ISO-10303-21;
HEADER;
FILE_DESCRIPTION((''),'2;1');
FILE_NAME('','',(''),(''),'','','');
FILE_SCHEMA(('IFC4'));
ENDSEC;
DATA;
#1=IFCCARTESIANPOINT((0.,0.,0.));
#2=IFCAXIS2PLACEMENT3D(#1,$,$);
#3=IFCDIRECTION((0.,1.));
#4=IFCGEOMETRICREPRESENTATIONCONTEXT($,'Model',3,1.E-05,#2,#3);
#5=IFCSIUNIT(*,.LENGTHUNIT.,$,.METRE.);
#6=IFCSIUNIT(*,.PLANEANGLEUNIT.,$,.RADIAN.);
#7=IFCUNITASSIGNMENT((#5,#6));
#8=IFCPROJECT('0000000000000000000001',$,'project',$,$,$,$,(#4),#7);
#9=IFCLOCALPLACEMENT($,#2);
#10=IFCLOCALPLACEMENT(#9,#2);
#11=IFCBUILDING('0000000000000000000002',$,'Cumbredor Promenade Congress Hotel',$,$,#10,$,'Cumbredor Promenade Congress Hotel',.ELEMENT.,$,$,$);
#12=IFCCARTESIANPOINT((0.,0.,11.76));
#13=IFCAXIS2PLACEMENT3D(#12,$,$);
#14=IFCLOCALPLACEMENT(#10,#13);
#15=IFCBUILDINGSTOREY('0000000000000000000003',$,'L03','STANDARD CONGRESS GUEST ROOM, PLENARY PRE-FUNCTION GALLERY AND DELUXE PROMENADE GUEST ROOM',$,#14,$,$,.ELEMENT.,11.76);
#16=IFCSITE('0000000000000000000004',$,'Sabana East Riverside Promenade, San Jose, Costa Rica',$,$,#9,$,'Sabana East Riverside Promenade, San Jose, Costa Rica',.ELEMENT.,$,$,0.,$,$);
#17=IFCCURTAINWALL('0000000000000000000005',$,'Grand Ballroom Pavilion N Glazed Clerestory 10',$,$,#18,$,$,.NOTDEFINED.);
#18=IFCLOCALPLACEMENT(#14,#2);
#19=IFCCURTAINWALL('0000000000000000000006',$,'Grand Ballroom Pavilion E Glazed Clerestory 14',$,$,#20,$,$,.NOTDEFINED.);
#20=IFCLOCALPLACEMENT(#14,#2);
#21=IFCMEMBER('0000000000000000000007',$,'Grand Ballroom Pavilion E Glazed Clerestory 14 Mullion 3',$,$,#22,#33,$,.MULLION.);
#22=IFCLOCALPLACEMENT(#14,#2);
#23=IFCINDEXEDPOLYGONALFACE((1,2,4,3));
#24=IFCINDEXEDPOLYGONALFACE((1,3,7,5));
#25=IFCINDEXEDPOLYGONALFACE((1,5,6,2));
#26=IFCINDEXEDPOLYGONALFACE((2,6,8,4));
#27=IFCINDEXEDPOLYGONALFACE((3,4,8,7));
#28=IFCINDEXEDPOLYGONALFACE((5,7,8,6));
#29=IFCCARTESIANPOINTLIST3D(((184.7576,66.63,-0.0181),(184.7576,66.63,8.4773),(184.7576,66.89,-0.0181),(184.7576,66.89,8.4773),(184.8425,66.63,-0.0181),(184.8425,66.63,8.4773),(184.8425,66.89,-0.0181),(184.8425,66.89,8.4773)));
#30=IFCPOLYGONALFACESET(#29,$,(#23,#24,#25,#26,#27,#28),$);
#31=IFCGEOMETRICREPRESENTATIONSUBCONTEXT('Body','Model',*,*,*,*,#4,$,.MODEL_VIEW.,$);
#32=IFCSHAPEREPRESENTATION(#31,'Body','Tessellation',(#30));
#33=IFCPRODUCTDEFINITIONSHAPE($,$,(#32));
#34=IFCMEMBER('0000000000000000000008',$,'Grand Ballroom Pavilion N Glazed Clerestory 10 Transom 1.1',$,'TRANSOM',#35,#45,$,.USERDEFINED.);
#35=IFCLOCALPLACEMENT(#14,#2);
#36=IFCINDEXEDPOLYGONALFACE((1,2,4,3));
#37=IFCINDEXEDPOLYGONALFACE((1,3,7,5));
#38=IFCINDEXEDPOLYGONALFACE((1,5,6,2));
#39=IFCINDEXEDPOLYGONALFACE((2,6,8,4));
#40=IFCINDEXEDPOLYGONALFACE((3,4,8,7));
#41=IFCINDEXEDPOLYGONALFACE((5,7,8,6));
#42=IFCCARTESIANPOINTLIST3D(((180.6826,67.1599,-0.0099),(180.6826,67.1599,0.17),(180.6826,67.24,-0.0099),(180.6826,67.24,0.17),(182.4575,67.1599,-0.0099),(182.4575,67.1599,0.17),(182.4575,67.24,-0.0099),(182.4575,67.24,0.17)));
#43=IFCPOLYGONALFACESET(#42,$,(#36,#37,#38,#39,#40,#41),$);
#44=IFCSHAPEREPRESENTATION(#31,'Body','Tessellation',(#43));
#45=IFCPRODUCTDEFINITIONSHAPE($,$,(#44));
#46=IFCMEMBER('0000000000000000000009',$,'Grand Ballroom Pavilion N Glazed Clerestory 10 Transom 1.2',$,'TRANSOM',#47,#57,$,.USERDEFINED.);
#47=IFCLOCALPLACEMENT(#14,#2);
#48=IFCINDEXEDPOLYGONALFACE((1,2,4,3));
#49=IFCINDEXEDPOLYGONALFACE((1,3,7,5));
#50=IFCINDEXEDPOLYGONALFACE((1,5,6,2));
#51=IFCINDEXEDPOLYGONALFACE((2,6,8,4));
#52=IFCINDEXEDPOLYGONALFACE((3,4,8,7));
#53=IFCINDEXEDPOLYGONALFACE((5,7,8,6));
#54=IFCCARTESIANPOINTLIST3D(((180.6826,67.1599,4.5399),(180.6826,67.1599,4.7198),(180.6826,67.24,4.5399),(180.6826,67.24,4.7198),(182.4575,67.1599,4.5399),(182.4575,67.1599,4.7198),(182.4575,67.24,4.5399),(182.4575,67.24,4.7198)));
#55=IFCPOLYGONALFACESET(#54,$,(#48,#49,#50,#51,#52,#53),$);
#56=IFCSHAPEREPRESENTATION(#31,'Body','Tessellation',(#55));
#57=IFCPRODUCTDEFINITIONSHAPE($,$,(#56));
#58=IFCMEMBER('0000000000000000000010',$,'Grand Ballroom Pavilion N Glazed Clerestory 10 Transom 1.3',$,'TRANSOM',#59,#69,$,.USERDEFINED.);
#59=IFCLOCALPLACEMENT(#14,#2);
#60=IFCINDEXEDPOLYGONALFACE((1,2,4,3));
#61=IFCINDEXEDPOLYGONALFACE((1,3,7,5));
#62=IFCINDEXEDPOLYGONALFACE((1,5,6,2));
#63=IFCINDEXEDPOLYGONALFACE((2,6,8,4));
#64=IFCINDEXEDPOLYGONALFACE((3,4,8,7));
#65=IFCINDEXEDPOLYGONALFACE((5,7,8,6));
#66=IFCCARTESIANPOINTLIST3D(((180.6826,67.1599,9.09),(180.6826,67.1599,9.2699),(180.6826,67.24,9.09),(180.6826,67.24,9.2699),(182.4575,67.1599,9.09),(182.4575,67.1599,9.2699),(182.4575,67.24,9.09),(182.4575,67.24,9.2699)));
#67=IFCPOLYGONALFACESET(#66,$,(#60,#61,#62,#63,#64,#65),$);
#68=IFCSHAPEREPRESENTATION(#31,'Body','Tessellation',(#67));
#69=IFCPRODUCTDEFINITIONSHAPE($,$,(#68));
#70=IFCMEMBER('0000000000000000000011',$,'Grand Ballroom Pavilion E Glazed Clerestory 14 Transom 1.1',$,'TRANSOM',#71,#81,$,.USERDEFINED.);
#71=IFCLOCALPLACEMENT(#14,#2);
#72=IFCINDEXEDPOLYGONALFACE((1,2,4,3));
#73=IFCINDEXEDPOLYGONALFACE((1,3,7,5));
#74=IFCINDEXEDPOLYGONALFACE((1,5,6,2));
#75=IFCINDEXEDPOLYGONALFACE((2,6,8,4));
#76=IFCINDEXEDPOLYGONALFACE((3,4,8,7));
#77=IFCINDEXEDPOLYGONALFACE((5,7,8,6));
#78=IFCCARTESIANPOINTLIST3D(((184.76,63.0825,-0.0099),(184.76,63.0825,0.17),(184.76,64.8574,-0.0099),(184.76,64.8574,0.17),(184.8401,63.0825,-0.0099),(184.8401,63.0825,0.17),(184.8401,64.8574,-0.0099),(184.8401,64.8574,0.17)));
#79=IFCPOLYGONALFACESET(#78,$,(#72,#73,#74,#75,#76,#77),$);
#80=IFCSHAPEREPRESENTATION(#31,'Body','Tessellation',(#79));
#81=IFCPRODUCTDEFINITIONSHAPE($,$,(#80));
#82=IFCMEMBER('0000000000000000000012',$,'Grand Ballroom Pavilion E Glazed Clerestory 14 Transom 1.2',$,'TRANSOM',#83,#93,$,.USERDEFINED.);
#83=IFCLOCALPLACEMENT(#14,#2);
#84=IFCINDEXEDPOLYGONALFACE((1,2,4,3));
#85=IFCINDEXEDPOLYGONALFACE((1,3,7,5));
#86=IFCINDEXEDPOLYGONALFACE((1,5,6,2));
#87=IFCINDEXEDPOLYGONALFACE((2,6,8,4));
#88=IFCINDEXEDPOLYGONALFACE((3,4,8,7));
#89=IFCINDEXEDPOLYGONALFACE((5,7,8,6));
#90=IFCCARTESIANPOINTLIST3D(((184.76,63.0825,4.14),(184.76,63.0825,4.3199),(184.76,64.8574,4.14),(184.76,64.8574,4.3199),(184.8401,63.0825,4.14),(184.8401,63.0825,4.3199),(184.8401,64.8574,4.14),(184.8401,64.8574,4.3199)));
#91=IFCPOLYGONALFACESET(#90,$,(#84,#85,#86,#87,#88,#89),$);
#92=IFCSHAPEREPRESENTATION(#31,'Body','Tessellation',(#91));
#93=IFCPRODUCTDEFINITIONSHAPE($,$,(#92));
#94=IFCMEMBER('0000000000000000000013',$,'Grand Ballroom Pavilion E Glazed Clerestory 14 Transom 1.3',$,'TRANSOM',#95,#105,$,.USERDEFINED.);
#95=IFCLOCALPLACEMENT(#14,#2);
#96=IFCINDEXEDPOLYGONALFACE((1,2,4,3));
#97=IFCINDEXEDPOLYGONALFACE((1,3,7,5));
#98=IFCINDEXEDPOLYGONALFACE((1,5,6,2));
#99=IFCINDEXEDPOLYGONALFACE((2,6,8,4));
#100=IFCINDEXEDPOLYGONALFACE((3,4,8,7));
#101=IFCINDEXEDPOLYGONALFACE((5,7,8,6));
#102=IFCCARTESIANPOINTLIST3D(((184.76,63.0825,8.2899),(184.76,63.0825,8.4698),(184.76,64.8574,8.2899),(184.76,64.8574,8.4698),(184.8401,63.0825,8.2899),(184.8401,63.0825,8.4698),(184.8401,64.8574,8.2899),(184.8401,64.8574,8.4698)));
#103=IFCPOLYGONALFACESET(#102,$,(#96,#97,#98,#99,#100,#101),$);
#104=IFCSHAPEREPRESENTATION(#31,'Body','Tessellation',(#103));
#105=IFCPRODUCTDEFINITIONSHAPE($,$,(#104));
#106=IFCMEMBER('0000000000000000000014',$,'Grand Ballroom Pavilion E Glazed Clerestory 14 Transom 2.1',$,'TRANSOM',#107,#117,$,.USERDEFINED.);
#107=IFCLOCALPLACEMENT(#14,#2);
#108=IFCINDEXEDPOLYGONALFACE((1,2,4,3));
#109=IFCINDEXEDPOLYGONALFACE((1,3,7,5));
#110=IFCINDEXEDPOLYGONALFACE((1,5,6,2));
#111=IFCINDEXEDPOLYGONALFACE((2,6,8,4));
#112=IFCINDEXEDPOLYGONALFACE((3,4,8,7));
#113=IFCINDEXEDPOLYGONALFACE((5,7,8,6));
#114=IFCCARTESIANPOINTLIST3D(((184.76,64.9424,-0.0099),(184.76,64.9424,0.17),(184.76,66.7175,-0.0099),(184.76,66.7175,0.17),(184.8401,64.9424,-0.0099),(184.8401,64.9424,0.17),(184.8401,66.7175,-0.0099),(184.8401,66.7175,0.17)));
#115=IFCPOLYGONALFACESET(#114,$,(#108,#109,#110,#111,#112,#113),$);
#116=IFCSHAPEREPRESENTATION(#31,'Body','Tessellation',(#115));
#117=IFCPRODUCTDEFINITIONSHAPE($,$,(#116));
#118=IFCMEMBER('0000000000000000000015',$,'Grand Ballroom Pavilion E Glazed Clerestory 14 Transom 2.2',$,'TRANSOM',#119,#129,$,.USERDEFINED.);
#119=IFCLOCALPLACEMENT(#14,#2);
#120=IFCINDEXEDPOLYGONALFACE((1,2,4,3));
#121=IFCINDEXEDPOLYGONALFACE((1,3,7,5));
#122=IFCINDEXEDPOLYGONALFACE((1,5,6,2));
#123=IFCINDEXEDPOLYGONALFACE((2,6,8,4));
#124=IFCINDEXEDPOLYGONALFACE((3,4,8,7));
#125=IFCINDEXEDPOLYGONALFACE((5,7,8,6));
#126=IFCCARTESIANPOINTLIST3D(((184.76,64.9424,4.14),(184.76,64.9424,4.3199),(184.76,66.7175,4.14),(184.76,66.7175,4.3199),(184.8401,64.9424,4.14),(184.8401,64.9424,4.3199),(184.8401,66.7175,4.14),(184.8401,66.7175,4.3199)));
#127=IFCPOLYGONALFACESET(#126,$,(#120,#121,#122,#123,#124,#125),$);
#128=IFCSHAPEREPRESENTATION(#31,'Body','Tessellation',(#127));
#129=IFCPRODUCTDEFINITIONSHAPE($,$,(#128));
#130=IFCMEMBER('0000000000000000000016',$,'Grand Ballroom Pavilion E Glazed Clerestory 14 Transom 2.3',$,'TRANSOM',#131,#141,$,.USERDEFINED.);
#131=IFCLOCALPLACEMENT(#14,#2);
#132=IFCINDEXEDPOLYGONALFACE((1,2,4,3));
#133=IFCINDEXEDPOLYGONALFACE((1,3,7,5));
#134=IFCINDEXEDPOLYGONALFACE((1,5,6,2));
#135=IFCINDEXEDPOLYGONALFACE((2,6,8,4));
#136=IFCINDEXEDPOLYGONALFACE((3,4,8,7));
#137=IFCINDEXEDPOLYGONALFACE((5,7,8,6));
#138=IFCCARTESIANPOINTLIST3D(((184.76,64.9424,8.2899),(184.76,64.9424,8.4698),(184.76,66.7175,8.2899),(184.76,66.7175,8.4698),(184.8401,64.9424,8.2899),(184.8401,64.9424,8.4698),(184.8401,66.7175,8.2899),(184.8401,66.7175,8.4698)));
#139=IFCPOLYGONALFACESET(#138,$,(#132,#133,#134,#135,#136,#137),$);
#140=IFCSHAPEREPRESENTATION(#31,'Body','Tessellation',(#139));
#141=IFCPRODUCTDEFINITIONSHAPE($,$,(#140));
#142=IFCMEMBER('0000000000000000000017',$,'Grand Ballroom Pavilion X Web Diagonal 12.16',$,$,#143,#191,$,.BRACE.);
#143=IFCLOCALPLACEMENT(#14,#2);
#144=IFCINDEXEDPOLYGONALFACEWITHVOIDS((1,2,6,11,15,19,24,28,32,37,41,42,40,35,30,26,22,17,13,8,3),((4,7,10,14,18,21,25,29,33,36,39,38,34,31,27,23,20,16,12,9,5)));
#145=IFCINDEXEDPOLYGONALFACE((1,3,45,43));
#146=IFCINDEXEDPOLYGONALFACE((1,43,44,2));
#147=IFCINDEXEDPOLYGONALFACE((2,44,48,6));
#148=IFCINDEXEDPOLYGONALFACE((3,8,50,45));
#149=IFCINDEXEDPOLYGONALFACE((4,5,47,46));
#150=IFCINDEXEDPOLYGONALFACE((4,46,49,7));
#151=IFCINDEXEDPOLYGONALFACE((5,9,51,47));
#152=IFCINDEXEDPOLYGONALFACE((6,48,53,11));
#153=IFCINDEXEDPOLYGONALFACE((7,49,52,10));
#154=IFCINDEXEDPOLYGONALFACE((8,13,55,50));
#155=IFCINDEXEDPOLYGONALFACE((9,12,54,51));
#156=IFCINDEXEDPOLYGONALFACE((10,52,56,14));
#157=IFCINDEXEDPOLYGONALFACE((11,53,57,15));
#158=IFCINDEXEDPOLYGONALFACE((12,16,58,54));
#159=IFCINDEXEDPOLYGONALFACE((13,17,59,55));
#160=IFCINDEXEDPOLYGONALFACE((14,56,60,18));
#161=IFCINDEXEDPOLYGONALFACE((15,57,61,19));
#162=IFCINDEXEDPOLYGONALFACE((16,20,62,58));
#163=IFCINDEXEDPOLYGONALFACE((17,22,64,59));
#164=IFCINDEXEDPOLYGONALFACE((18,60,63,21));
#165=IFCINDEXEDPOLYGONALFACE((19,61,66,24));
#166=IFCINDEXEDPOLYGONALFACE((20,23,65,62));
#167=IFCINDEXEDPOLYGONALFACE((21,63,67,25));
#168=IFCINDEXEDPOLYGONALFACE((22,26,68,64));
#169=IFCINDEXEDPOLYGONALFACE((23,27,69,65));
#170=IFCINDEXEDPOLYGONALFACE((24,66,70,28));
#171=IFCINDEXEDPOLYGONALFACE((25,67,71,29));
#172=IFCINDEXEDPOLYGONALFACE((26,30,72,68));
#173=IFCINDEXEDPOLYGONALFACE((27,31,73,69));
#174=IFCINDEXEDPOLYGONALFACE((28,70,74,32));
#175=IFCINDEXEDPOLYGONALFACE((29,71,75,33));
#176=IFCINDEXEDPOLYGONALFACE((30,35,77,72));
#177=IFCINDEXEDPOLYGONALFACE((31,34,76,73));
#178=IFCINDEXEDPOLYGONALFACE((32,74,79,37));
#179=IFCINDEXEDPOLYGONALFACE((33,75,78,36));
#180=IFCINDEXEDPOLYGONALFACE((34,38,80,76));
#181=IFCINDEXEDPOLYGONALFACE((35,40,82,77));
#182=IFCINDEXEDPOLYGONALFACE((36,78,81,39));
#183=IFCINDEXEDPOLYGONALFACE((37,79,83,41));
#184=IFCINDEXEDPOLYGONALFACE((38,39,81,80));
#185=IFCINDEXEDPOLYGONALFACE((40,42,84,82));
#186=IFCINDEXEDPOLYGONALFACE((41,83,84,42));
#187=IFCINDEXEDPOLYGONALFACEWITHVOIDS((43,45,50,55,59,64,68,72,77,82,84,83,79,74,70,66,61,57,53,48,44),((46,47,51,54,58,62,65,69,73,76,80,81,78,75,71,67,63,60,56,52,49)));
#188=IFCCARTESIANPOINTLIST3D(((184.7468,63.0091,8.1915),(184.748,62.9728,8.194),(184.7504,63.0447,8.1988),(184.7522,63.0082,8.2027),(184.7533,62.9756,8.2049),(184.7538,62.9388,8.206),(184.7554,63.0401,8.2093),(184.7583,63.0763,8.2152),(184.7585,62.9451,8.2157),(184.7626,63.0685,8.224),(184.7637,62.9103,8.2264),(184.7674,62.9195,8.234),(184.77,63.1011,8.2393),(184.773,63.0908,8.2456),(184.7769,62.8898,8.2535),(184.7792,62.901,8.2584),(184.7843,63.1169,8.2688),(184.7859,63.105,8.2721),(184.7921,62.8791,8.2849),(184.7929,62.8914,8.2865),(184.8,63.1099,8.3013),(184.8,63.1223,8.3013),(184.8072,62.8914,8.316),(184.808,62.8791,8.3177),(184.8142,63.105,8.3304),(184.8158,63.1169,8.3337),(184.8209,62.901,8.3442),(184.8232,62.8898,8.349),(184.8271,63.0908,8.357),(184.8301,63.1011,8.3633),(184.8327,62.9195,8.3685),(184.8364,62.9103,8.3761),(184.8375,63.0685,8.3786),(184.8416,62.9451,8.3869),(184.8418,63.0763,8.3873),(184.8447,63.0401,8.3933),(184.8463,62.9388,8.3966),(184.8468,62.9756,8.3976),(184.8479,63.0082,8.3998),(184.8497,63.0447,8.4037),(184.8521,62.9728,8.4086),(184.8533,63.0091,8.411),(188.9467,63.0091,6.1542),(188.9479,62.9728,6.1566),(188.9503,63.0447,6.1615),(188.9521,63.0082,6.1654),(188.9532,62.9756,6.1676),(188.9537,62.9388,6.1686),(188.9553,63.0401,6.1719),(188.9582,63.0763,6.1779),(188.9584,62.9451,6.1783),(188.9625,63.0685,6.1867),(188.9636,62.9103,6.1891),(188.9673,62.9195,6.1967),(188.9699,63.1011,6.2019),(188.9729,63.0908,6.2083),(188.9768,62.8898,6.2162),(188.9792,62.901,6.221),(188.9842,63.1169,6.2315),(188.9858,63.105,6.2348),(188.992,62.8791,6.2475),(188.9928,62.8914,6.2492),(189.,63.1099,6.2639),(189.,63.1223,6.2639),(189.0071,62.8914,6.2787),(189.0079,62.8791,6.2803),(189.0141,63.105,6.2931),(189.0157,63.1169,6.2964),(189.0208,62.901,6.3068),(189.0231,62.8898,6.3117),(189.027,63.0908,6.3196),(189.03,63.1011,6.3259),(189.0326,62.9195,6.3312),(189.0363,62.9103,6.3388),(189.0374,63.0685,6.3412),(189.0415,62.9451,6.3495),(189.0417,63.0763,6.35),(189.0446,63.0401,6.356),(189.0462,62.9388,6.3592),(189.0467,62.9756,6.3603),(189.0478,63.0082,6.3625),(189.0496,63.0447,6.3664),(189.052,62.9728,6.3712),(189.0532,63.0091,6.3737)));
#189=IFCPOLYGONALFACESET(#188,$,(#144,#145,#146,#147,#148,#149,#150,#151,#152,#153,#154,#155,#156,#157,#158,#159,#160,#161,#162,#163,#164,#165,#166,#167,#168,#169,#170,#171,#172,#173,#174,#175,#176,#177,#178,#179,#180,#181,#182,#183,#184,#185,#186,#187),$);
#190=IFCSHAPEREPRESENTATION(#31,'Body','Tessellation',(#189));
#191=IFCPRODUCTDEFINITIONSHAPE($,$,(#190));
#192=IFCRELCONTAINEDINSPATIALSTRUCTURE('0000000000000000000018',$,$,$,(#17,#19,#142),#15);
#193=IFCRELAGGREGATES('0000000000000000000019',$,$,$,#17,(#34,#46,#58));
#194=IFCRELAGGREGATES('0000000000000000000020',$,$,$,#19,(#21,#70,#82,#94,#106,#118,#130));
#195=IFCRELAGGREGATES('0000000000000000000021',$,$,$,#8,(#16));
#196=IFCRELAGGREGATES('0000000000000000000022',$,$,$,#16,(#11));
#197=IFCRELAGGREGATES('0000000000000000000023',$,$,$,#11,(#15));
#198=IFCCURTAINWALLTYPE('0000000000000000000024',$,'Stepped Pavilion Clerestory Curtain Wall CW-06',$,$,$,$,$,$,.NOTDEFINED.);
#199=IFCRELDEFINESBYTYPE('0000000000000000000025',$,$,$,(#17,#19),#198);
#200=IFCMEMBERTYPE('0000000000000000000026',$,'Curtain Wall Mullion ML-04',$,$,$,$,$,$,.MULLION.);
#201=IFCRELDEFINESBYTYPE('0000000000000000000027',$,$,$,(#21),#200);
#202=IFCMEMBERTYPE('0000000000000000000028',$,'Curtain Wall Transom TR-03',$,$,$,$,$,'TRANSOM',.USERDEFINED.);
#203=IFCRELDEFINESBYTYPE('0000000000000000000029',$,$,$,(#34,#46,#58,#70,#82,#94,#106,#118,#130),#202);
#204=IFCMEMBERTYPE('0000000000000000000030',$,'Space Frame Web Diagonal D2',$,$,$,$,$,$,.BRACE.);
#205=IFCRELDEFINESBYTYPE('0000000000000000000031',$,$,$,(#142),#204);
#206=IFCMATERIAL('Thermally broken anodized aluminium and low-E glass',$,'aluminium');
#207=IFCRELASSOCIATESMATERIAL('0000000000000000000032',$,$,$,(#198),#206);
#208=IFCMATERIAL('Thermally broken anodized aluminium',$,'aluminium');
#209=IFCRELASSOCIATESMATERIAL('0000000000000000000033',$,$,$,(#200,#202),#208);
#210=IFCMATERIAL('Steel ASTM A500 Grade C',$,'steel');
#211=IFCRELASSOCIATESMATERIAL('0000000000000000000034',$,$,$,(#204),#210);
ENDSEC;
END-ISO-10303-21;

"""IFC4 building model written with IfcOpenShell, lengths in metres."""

from ifc_helpers import new_model, si_unit, direction, frame, origin, origin_2d, place, context, subcontext, project, spatial, rectangle, hollow_circle, extrude, material, material_profile, profile_set, type_object, element, aggregate, save


model = new_model("IFC4")

# Units and contexts
model_context = context("Model", 3, precision=1e-05, world=origin(), true_north=direction((0.0, 1.0)))
body_context = subcontext(model_context, "Body", "Model", "MODEL_VIEW")
ifc_project = project(units=[si_unit("LENGTHUNIT", "METRE"), si_unit("PLANEANGLEUNIT", "RADIAN")], contexts=[model_context])

# Site, building, storey
site_placement = place(None, origin())
site = spatial("IfcSite", under=ifc_project, at=site_placement, Name="Sabana East Riverside Promenade, San Jose, Costa Rica", LongName="Sabana East Riverside Promenade, San Jose, Costa Rica", CompositionType="ELEMENT", RefElevation=0.0)
building_placement = place(site_placement, origin())
building = spatial("IfcBuilding", under=site, at=building_placement, Name="Cumbredor Promenade Congress Hotel", LongName="Cumbredor Promenade Congress Hotel", CompositionType="ELEMENT")
storey_placement = place(building_placement, frame((0.0, 0.0, 11.76)))
storey = spatial("IfcBuildingStorey", under=building, at=storey_placement, Name="L03", Description="STANDARD CONGRESS GUEST ROOM, PLENARY PRE-FUNCTION GALLERY AND DELUXE PROMENADE GUEST ROOM", CompositionType="ELEMENT", Elevation=11.76)

# Shared definitions
ifc_material_1 = material(Name="Steel ASTM A500 Grade C", Category="steel")

# Curtain walls, member
ifc_material_2 = material(Name="Thermally broken anodized aluminium and low-E glass", Category="aluminium")
curtain_wall_type = type_object("IfcCurtainWallType", Name="Stepped Pavilion Clerestory Curtain Wall CW-06", PredefinedType="NOTDEFINED", material=ifc_material_2)
curtain_wall_1_placement = place(storey_placement, origin())
curtain_wall_1 = element("IfcCurtainWall", 1, at=curtain_wall_1_placement, inside=storey, type_object=curtain_wall_type, Name="Grand Ballroom Pavilion N Glazed Clerestory 10", PredefinedType="NOTDEFINED")
ifc_material_3 = material(Name="Thermally broken anodized aluminium", Category="aluminium")
ifc_material_profile_1 = material_profile(ifc_material_3, rectangle(XDim=0.085, YDim=0.26, at=origin_2d()), Name="ALU MULLION CLERESTORY 85x260")
ifc_profile_set_1 = profile_set([ifc_material_profile_1], Name="Thermally broken anodized aluminium")
member_type_1 = type_object("IfcMemberType", Name="Curtain Wall Mullion ML-04", PredefinedType="MULLION", material=ifc_profile_set_1)
curtain_wall_2_placement = place(storey_placement, origin())
curtain_wall_2 = element("IfcCurtainWall", 2, at=curtain_wall_2_placement, inside=storey, type_object=curtain_wall_type, Name="Grand Ballroom Pavilion E Glazed Clerestory 14", PredefinedType="NOTDEFINED")
member_1_placement = place(storey_placement, frame((184.8, 66.76, -0.0181), z_axis=(0.0, 0.0, 1.0), x_axis=(1.0, 0.0, 0.0)))
member_1 = element("IfcMember", 3, at=member_1_placement, type_object=member_type_1, Name="Grand Ballroom Pavilion E Glazed Clerestory 14 Mullion 3", PredefinedType="MULLION", context=body_context, shape_type="SweptSolid", body=[
    extrude(rectangle(XDim=0.085, YDim=0.26, at=origin_2d()), origin(), (0.0, 0.0, 1.0), 8.4954),
])

# Members
ifc_material_profile_2 = material_profile(ifc_material_3, rectangle(XDim=0.0801, YDim=0.1799, at=origin_2d()), Name="ALU TRANSOM 80x180")
ifc_profile_set_2 = profile_set([ifc_material_profile_2], Name="Thermally broken anodized aluminium")
member_type_2 = type_object("IfcMemberType", Name="Curtain Wall Transom TR-03", ElementType="TRANSOM", PredefinedType="USERDEFINED", material=ifc_profile_set_2)
member_2_placement = place(storey_placement, frame((180.6826, 67.2, 0.0801), z_axis=(1.0, 0.0, 0.0), x_axis=(0.0, 1.0, 0.0)))
member_2 = element("IfcMember", 4, at=member_2_placement, type_object=member_type_2, Name="Grand Ballroom Pavilion N Glazed Clerestory 10 Transom 1.1", ObjectType="TRANSOM", PredefinedType="USERDEFINED", context=body_context, shape_type="SweptSolid", body=[
    extrude(rectangle(XDim=0.0801, YDim=0.1799, at=origin_2d()), origin(), (0.0, 0.0, 1.0), 1.7749),
])
member_3_placement = place(storey_placement, frame((180.6826, 67.2, 4.6299), z_axis=(1.0, 0.0, 0.0), x_axis=(0.0, 1.0, 0.0)))
member_3 = element("IfcMember", 5, at=member_3_placement, type_object=member_type_2, Name="Grand Ballroom Pavilion N Glazed Clerestory 10 Transom 1.2", ObjectType="TRANSOM", PredefinedType="USERDEFINED", context=body_context, shape_type="SweptSolid", body=[
    extrude(rectangle(XDim=0.0801, YDim=0.1799, at=origin_2d()), origin(), (0.0, 0.0, 1.0), 1.7749),
])
member_4_placement = place(storey_placement, frame((180.6826, 67.2, 9.1799), z_axis=(1.0, 0.0, 0.0), x_axis=(0.0, 1.0, 0.0)))
member_4 = element("IfcMember", 6, at=member_4_placement, type_object=member_type_2, Name="Grand Ballroom Pavilion N Glazed Clerestory 10 Transom 1.3", ObjectType="TRANSOM", PredefinedType="USERDEFINED", context=body_context, shape_type="SweptSolid", body=[
    extrude(rectangle(XDim=0.0801, YDim=0.1799, at=origin_2d()), origin(), (0.0, 0.0, 1.0), 1.7749),
])
member_5_placement = place(storey_placement, frame((184.8, 63.0825, 0.0801), z_axis=(0.0, 1.0, 0.0), x_axis=(-1.0, 0.0, 0.0)))
member_5 = element("IfcMember", 7, at=member_5_placement, type_object=member_type_2, Name="Grand Ballroom Pavilion E Glazed Clerestory 14 Transom 1.1", ObjectType="TRANSOM", PredefinedType="USERDEFINED", context=body_context, shape_type="SweptSolid", body=[
    extrude(rectangle(XDim=0.0801, YDim=0.1799, at=origin_2d()), origin(), (0.0, 0.0, 1.0), 1.7749),
])
member_6_placement = place(storey_placement, frame((184.8, 63.0825, 4.23), z_axis=(0.0, 1.0, 0.0), x_axis=(-1.0, 0.0, 0.0)))
member_6 = element("IfcMember", 8, at=member_6_placement, type_object=member_type_2, Name="Grand Ballroom Pavilion E Glazed Clerestory 14 Transom 1.2", ObjectType="TRANSOM", PredefinedType="USERDEFINED", context=body_context, shape_type="SweptSolid", body=[
    extrude(rectangle(XDim=0.0801, YDim=0.1799, at=origin_2d()), origin(), (0.0, 0.0, 1.0), 1.7749),
])
member_7_placement = place(storey_placement, frame((184.8, 63.0825, 8.3799), z_axis=(0.0, 1.0, 0.0), x_axis=(-1.0, 0.0, 0.0)))
member_7 = element("IfcMember", 9, at=member_7_placement, type_object=member_type_2, Name="Grand Ballroom Pavilion E Glazed Clerestory 14 Transom 1.3", ObjectType="TRANSOM", PredefinedType="USERDEFINED", context=body_context, shape_type="SweptSolid", body=[
    extrude(rectangle(XDim=0.0801, YDim=0.1799, at=origin_2d()), origin(), (0.0, 0.0, 1.0), 1.7749),
])
member_8_placement = place(storey_placement, frame((184.8, 64.9424, 0.0801), z_axis=(0.0, 1.0, 0.0), x_axis=(-1.0, 0.0, 0.0)))
member_8 = element("IfcMember", 10, at=member_8_placement, type_object=member_type_2, Name="Grand Ballroom Pavilion E Glazed Clerestory 14 Transom 2.1", ObjectType="TRANSOM", PredefinedType="USERDEFINED", context=body_context, shape_type="SweptSolid", body=[
    extrude(rectangle(XDim=0.0801, YDim=0.1799, at=origin_2d()), origin(), (0.0, 0.0, 1.0), 1.7751),
])
member_9_placement = place(storey_placement, frame((184.8, 64.9424, 4.23), z_axis=(0.0, 1.0, 0.0), x_axis=(-1.0, 0.0, 0.0)))
member_9 = element("IfcMember", 11, at=member_9_placement, type_object=member_type_2, Name="Grand Ballroom Pavilion E Glazed Clerestory 14 Transom 2.2", ObjectType="TRANSOM", PredefinedType="USERDEFINED", context=body_context, shape_type="SweptSolid", body=[
    extrude(rectangle(XDim=0.0801, YDim=0.1799, at=origin_2d()), origin(), (0.0, 0.0, 1.0), 1.7751),
])
member_10_placement = place(storey_placement, frame((184.8, 64.9424, 8.3799), z_axis=(0.0, 1.0, 0.0), x_axis=(-1.0, 0.0, 0.0)))
member_10 = element("IfcMember", 12, at=member_10_placement, type_object=member_type_2, Name="Grand Ballroom Pavilion E Glazed Clerestory 14 Transom 2.3", ObjectType="TRANSOM", PredefinedType="USERDEFINED", context=body_context, shape_type="SweptSolid", body=[
    extrude(rectangle(XDim=0.0801, YDim=0.1799, at=origin_2d()), origin(), (0.0, 0.0, 1.0), 1.7751),
])

# Member
ifc_material_profile_3 = material_profile(ifc_material_1, hollow_circle(Radius=0.1223, WallThickness=0.0125, at=origin_2d()), Name="CHS 244.5x12.5")
ifc_profile_set_3 = profile_set([ifc_material_profile_3], Name="Steel ASTM A500 Grade C")
member_type_3 = type_object("IfcMemberType", Name="Space Frame Web Diagonal D2", PredefinedType="BRACE", material=ifc_profile_set_3)
member_11_placement = place(storey_placement, frame((184.8, 63.0, 8.3013), z_axis=(0.899729, 0.0, -0.436449), x_axis=(0.0, 1.0, 0.0)))
element("IfcMember", 13, at=member_11_placement, inside=storey, type_object=member_type_3, Name="Grand Ballroom Pavilion X Web Diagonal 12.16", PredefinedType="BRACE", context=body_context, shape_type="SweptSolid", body=[
    extrude(hollow_circle(Radius=0.1223, WallThickness=0.0125, at=origin_2d()), origin(), (0.0, 0.0, 1.0), 4.668),
])

aggregate(curtain_wall_1, [member_2, member_3, member_4])
aggregate(curtain_wall_2, [member_1, member_5, member_6, member_7, member_8, member_9, member_10])

save(model, "model.ifc")
